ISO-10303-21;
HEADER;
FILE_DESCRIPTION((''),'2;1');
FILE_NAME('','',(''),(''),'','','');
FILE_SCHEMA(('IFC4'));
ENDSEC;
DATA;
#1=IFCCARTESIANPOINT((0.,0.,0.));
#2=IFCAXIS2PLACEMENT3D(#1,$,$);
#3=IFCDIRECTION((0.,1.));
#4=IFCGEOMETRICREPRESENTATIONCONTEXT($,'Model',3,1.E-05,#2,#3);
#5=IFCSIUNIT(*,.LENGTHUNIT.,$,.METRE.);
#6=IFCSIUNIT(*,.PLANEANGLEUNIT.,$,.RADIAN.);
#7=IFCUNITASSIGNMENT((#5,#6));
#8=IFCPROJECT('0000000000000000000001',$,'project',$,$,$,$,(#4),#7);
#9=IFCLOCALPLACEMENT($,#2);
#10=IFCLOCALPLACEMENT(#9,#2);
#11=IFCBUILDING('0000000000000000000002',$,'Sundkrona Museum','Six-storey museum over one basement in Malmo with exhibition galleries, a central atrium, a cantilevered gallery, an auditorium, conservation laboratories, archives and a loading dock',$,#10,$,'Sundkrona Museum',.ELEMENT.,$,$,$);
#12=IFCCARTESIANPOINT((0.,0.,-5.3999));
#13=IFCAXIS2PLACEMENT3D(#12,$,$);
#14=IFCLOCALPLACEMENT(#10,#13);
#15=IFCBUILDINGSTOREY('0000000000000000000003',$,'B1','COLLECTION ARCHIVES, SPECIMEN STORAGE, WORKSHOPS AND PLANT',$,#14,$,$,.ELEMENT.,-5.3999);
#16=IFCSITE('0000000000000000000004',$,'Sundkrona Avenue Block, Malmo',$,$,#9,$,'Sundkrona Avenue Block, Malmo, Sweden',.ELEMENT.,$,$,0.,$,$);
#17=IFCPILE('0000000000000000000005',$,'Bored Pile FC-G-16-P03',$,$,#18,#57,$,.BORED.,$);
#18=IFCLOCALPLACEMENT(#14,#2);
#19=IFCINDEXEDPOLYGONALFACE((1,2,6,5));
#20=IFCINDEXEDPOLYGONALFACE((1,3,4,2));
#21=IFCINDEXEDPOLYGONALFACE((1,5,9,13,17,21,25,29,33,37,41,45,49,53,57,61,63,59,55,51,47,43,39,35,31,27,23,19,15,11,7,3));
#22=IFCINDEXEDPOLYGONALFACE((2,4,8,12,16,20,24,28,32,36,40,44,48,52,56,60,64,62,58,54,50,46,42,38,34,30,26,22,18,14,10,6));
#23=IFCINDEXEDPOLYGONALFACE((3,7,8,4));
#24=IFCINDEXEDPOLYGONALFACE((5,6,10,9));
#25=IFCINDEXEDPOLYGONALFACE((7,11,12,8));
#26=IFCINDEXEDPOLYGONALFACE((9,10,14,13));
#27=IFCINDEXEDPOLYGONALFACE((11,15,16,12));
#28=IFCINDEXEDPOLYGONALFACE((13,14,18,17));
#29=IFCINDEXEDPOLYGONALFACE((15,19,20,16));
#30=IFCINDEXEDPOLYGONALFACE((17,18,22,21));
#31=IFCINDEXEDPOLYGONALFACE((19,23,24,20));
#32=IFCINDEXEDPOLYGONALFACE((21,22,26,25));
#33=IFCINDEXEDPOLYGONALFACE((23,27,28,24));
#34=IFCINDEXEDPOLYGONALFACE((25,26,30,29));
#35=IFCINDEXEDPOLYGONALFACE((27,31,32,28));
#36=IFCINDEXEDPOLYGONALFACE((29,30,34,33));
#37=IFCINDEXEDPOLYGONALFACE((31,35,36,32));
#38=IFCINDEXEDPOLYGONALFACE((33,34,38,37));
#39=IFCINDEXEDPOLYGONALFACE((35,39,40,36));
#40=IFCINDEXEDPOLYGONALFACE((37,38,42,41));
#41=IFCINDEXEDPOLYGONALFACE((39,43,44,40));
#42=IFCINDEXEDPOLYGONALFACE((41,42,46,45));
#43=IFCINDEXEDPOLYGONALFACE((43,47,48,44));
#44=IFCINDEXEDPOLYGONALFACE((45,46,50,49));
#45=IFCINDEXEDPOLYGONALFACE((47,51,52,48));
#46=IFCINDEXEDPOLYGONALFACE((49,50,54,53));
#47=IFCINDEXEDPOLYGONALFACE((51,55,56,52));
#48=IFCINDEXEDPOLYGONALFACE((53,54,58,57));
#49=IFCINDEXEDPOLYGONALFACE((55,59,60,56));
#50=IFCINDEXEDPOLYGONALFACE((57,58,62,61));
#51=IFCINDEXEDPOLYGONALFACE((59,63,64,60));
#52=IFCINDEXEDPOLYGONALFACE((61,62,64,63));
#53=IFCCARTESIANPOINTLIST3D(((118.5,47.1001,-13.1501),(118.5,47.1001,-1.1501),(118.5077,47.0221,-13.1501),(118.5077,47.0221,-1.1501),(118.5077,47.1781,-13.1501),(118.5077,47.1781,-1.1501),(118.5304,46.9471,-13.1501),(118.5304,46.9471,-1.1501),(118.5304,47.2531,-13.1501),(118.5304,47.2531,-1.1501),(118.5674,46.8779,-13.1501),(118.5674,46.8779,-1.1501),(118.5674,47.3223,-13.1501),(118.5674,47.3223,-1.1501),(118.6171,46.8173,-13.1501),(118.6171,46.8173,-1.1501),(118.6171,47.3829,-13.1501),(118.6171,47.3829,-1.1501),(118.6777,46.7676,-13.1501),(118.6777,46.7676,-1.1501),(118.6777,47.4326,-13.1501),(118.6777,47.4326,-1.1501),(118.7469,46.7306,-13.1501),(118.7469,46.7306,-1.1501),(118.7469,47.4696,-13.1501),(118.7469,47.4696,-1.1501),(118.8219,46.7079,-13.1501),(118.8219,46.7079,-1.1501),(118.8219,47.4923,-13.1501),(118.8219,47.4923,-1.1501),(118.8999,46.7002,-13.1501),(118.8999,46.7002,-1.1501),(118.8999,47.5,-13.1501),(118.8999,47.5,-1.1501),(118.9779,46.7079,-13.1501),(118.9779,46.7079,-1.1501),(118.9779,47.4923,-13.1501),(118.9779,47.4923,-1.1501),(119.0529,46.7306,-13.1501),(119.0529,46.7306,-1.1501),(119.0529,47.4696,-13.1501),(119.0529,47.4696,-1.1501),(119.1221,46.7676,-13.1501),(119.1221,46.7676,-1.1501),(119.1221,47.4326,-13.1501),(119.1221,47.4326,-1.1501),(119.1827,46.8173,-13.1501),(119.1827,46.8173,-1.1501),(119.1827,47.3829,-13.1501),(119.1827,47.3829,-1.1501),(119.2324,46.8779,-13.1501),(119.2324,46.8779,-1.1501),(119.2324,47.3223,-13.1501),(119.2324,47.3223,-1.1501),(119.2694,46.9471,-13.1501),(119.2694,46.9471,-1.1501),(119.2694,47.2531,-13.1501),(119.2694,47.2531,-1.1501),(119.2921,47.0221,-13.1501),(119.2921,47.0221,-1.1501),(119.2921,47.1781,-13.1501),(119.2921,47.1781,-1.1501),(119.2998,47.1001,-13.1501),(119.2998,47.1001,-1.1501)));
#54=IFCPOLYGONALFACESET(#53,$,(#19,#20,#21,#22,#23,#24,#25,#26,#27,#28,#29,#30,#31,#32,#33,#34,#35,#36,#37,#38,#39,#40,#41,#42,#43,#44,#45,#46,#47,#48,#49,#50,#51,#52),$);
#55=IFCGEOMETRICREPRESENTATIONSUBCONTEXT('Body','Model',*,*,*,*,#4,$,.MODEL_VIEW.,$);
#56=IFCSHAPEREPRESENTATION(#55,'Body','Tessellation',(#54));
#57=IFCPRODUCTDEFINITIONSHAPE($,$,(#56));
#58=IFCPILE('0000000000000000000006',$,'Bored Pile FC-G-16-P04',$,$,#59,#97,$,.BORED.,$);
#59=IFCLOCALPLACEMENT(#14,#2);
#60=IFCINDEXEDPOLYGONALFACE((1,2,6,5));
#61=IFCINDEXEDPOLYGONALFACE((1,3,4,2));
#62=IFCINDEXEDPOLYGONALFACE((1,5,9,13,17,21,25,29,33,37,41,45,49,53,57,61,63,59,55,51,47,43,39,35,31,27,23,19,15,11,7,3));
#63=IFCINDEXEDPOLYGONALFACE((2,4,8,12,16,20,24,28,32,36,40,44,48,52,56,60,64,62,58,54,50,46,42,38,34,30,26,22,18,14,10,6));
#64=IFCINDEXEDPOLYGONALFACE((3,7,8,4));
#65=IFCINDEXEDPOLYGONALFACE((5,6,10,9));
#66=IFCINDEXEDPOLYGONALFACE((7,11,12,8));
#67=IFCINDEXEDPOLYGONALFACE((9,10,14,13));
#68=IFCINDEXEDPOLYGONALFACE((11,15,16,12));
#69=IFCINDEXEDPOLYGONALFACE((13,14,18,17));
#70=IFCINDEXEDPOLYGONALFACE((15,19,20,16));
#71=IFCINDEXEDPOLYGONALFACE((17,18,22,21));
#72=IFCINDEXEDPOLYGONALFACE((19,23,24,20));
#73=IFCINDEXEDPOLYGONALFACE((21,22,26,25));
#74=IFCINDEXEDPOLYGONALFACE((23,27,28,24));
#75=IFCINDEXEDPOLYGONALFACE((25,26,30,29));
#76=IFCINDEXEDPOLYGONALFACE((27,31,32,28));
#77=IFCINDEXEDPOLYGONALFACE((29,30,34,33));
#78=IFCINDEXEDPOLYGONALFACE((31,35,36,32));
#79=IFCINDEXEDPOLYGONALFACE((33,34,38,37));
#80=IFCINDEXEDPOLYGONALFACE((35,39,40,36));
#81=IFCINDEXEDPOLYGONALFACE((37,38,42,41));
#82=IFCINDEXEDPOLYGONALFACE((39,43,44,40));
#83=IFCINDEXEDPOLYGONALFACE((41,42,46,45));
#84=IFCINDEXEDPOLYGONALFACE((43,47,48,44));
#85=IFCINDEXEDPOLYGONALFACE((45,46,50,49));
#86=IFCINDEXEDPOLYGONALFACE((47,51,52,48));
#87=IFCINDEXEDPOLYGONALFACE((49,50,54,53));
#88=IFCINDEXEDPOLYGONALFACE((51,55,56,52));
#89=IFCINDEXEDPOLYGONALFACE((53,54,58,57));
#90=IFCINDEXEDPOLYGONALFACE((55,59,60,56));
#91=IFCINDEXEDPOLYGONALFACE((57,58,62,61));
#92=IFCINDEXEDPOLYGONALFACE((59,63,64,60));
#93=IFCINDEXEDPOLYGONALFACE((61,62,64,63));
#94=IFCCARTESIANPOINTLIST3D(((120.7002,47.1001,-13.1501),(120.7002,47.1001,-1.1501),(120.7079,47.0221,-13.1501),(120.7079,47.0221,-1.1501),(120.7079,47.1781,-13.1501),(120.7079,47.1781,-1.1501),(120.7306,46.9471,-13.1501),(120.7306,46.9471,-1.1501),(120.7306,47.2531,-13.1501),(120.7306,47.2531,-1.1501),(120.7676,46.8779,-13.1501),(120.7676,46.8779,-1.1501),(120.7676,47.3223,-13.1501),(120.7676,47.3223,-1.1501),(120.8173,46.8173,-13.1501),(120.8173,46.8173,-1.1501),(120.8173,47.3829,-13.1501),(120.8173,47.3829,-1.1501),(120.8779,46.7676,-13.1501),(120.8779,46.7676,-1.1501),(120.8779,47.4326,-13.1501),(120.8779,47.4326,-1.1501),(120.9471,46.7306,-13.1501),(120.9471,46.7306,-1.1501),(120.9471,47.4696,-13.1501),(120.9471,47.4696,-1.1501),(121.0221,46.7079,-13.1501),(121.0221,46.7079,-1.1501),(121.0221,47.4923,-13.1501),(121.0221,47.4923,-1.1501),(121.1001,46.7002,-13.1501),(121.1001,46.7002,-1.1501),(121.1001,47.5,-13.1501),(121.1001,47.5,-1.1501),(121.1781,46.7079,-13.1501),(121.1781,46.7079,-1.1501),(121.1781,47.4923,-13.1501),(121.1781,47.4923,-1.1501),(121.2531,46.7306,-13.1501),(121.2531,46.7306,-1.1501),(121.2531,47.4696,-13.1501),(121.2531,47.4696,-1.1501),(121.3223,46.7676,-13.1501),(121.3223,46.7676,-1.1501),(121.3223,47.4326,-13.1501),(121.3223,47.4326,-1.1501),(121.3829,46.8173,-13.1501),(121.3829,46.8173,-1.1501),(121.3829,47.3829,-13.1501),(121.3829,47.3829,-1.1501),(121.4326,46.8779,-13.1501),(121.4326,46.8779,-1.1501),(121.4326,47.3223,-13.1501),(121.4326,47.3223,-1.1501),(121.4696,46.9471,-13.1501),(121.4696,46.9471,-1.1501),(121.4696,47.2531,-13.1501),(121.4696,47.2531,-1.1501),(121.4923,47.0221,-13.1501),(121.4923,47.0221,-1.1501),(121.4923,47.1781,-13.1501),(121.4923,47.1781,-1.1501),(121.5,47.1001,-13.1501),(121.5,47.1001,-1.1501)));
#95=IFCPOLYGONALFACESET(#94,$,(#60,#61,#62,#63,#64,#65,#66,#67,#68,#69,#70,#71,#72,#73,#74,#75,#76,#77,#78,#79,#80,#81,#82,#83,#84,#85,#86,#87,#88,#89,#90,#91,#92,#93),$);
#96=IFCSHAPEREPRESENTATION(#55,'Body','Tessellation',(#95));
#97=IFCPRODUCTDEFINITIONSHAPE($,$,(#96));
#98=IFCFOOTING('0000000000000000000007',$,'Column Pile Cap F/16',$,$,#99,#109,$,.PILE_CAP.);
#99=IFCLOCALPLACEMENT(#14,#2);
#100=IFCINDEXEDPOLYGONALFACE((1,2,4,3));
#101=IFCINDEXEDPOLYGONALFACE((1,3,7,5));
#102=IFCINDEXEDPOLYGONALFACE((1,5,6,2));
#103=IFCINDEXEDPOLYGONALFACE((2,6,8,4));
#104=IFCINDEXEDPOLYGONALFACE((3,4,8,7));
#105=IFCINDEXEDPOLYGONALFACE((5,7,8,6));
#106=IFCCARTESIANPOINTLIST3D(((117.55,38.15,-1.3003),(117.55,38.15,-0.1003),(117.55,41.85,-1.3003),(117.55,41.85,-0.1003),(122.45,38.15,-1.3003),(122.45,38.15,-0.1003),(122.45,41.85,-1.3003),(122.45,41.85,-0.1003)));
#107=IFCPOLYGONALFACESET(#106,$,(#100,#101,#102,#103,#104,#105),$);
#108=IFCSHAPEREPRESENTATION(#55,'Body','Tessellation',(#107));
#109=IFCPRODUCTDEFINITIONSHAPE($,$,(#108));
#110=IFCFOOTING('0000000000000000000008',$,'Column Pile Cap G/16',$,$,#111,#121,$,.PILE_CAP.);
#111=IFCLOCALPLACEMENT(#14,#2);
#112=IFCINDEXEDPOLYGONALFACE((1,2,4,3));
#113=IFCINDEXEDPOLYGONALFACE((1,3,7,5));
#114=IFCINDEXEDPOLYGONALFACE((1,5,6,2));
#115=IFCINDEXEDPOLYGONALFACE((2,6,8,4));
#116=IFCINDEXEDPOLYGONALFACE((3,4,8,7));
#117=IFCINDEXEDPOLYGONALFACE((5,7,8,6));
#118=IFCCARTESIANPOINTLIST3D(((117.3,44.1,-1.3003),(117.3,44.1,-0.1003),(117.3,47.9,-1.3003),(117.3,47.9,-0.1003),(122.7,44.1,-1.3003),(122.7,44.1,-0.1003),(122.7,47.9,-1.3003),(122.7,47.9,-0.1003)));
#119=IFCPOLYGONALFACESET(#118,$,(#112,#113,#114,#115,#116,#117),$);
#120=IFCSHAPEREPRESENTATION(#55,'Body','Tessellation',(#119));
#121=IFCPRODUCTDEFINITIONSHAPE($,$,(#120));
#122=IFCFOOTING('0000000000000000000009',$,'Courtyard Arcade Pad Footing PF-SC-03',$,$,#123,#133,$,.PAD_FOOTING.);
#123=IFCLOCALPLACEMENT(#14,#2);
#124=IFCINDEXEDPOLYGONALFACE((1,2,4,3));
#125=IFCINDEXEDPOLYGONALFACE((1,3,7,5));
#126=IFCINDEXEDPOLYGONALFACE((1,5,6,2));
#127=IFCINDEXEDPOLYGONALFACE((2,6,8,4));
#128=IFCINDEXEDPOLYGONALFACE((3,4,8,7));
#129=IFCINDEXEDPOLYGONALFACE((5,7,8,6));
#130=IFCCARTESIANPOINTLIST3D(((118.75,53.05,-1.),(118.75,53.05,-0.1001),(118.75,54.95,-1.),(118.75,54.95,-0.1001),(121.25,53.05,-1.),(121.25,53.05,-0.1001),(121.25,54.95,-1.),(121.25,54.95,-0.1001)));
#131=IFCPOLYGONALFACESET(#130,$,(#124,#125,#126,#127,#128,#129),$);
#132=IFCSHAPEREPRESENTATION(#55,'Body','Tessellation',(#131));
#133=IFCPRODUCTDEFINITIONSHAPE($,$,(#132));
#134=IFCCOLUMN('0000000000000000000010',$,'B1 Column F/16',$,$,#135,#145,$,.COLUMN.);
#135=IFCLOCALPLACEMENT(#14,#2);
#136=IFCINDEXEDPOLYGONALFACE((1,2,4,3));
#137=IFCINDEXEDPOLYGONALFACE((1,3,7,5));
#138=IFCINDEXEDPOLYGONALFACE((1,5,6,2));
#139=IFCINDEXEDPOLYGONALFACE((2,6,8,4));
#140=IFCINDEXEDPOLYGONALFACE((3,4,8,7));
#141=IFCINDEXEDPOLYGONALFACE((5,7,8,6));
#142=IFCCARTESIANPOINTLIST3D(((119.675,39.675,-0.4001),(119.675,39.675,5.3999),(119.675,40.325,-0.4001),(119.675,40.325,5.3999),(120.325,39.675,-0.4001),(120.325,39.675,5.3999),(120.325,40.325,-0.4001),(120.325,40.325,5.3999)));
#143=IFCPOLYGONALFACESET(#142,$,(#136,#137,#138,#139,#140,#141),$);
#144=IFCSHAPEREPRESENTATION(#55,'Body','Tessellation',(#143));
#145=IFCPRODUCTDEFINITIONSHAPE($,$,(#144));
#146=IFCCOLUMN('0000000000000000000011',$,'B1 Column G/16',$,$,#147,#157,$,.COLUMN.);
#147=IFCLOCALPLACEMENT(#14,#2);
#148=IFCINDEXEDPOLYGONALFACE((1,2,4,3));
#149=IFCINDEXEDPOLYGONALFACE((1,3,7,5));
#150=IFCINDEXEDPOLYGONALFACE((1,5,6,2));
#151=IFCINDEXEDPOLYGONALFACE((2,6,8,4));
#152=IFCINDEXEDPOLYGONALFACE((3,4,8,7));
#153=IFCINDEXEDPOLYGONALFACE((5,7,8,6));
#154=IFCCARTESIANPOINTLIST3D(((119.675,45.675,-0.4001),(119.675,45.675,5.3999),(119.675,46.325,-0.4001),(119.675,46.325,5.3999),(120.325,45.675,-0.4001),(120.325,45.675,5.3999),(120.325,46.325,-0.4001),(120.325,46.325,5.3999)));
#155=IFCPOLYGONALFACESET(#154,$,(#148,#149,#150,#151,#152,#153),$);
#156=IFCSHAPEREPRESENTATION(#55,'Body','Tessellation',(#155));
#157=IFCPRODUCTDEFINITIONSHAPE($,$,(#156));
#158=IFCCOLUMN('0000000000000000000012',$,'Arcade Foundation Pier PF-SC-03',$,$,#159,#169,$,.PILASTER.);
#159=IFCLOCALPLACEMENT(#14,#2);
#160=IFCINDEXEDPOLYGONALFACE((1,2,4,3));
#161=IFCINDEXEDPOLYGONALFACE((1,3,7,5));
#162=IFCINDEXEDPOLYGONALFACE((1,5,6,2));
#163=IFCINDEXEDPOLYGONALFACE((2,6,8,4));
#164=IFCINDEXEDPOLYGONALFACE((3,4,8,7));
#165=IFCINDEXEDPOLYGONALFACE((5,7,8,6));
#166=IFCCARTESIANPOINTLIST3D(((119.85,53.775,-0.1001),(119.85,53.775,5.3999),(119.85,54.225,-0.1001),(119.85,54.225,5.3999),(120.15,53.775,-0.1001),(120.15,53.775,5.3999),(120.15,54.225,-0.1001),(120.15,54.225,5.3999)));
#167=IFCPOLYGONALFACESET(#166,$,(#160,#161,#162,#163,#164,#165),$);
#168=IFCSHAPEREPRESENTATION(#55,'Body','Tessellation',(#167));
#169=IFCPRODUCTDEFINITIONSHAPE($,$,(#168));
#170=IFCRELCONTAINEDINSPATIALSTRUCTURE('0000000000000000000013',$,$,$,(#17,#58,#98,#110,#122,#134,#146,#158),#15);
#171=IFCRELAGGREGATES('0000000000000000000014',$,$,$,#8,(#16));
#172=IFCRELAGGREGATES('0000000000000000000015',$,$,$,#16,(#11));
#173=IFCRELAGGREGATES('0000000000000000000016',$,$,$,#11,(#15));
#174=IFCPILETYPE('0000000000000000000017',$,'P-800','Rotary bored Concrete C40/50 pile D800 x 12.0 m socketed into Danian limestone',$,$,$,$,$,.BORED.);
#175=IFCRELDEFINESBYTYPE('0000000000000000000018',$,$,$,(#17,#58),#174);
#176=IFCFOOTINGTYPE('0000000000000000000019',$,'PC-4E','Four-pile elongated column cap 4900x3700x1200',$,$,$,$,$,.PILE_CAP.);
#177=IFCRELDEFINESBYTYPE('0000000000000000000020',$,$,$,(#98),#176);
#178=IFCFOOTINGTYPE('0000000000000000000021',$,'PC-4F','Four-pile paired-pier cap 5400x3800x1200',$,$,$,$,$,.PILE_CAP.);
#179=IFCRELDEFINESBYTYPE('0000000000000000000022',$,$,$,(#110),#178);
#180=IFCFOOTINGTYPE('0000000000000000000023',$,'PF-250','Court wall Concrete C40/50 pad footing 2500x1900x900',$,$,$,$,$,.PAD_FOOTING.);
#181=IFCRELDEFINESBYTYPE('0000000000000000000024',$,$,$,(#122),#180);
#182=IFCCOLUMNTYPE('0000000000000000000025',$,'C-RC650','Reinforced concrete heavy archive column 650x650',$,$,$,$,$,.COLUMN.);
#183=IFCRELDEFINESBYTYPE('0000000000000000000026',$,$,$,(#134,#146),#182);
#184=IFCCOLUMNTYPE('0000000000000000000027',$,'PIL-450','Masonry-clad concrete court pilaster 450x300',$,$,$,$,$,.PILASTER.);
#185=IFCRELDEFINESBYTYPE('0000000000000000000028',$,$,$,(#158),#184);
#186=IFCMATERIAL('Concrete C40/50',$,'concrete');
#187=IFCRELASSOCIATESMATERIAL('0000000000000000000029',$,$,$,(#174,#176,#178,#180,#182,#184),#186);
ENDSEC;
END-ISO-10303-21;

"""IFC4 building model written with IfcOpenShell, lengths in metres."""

from ifc_helpers import new_model, si_unit, direction, frame, origin, origin_2d, place, context, subcontext, project, spatial, rectangle, circle, extrude, material, material_profile, profile_set, type_object, element, save


model = new_model("IFC4")

# Units and contexts
model_context = context("Model", 3, precision=1e-05, world=origin(), true_north=direction((0.0, 1.0)))
body_context = subcontext(model_context, "Body", "Model", "MODEL_VIEW")
ifc_project = project(units=[si_unit("LENGTHUNIT", "METRE"), si_unit("PLANEANGLEUNIT", "RADIAN")], contexts=[model_context])

# Site, building, storey
site_placement = place(None, origin())
site = spatial("IfcSite", under=ifc_project, at=site_placement, Name="Sundkrona Avenue Block, Malmo", LongName="Sundkrona Avenue Block, Malmo, Sweden", CompositionType="ELEMENT", RefElevation=0.0)
building_placement = place(site_placement, origin())
building = spatial("IfcBuilding", under=site, at=building_placement, Name="Sundkrona Museum", Description="Six-storey museum over one basement in Malmo with exhibition galleries, a central atrium, a cantilevered gallery, an auditorium, conservation laboratories, archives and a loading dock", LongName="Sundkrona Museum", CompositionType="ELEMENT")
storey_placement = place(building_placement, frame((0.0, 0.0, -5.3999)))
storey = spatial("IfcBuildingStorey", under=building, at=storey_placement, Name="B1", Description="COLLECTION ARCHIVES, SPECIMEN STORAGE, WORKSHOPS AND PLANT", CompositionType="ELEMENT", Elevation=-5.3999)

# Shared definitions
ifc_material_1 = material(Name="Concrete C40/50", Category="concrete")

# Piles
ifc_material_profile_1 = material_profile(ifc_material_1, circle(Radius=0.3999, at=origin_2d()), Name="PILE D800")
ifc_profile_set_1 = profile_set([ifc_material_profile_1], Name="Concrete C40/50")
pile_type = type_object("IfcPileType", Name="P-800", Description="Rotary bored Concrete C40/50 pile D800 x 12.0 m socketed into Danian limestone", PredefinedType="BORED", material=ifc_profile_set_1)
for number, where, z_axis, x_axis, name in (
    (1, (118.8999, 47.1001, -1.1501), (0.0, 0.0, -1.0), (1.0, 0.0, 0.0), "Bored Pile FC-G-16-P03"),
    (2, (121.1001, 47.1001, -1.1501), (0.0, 0.0, -1.0), (1.0, 0.0, 0.0), "Bored Pile FC-G-16-P04"),
):
    element("IfcPile", number, at=place(storey_placement, frame(where, z_axis=z_axis, x_axis=x_axis)), inside=storey, type_object=pile_type, Name=name, PredefinedType="BORED", context=body_context, shape_type="SweptSolid", body=[
        extrude(circle(Radius=0.3999, at=origin_2d()), origin(), (0.0, 0.0, 1.0), 12.0),
    ])

# Footings
footing_type_1 = type_object("IfcFootingType", Name="PC-4E", Description="Four-pile elongated column cap 4900x3700x1200", PredefinedType="PILE_CAP", material=ifc_material_1)
footing_1_placement = place(storey_placement, frame((120.0, 40.0, -1.3003), z_axis=(0.0, 0.0, 1.0), x_axis=(1.0, 0.0, 0.0)))
element("IfcFooting", 3, at=footing_1_placement, inside=storey, type_object=footing_type_1, Name="Column Pile Cap F/16", PredefinedType="PILE_CAP", context=body_context, shape_type="SweptSolid", body=[
    extrude(rectangle(XDim=4.8999, YDim=3.7, at=origin_2d()), origin(), (0.0, 0.0, 1.0), 1.2),
])
footing_type_2 = type_object("IfcFootingType", Name="PC-4F", Description="Four-pile paired-pier cap 5400x3800x1200", PredefinedType="PILE_CAP", material=ifc_material_1)
footing_2_placement = place(storey_placement, frame((120.0, 46.0, -1.3003), z_axis=(0.0, 0.0, 1.0), x_axis=(1.0, 0.0, 0.0)))
element("IfcFooting", 4, at=footing_2_placement, inside=storey, type_object=footing_type_2, Name="Column Pile Cap G/16", PredefinedType="PILE_CAP", context=body_context, shape_type="SweptSolid", body=[
    extrude(rectangle(XDim=5.3999, YDim=3.8, at=origin_2d()), origin(), (0.0, 0.0, 1.0), 1.2),
])
footing_type_3 = type_object("IfcFootingType", Name="PF-250", Description="Court wall Concrete C40/50 pad footing 2500x1900x900", PredefinedType="PAD_FOOTING", material=ifc_material_1)
footing_3_placement = place(storey_placement, frame((120.0, 54.0, -1.0), z_axis=(0.0, 0.0, 1.0), x_axis=(1.0, 0.0, 0.0)))
element("IfcFooting", 5, at=footing_3_placement, inside=storey, type_object=footing_type_3, Name="Courtyard Arcade Pad Footing PF-SC-03", PredefinedType="PAD_FOOTING", context=body_context, shape_type="SweptSolid", body=[
    extrude(rectangle(XDim=2.5, YDim=1.8999, at=origin_2d()), origin(), (0.0, 0.0, 1.0), 0.8999),
])

# Columns
ifc_material_profile_2 = material_profile(ifc_material_1, rectangle(XDim=0.6499, YDim=0.6499, at=origin_2d()), Name="RC 650x650")
ifc_profile_set_2 = profile_set([ifc_material_profile_2], Name="Concrete C40/50")
column_type_1 = type_object("IfcColumnType", Name="C-RC650", Description="Reinforced concrete heavy archive column 650x650", PredefinedType="COLUMN", material=ifc_profile_set_2)
for number, where, z_axis, x_axis, name in (
    (6, (120.0, 40.0, -0.4001), (0.0, 0.0, 1.0), (1.0, 0.0, 0.0), "B1 Column F/16"),
    (7, (120.0, 46.0, -0.4001), (0.0, 0.0, 1.0), (1.0, 0.0, 0.0), "B1 Column G/16"),
):
    element("IfcColumn", number, at=place(storey_placement, frame(where, z_axis=z_axis, x_axis=x_axis)), inside=storey, type_object=column_type_1, Name=name, PredefinedType="COLUMN", context=body_context, shape_type="SweptSolid", body=[
        extrude(rectangle(XDim=0.6499, YDim=0.6499, at=origin_2d()), origin(), (0.0, 0.0, 1.0), 5.8),
    ])
ifc_material_profile_3 = material_profile(ifc_material_1, rectangle(XDim=0.3, YDim=0.45, at=origin_2d()), Name="RC 450x300")
ifc_profile_set_3 = profile_set([ifc_material_profile_3], Name="Concrete C40/50")
column_type_2 = type_object("IfcColumnType", Name="PIL-450", Description="Masonry-clad concrete court pilaster 450x300", PredefinedType="PILASTER", material=ifc_profile_set_3)
column_placement = place(storey_placement, frame((120.0, 54.0, -0.1001), z_axis=(0.0, 0.0, 1.0), x_axis=(1.0, 0.0, 0.0)))
element("IfcColumn", 8, at=column_placement, inside=storey, type_object=column_type_2, Name="Arcade Foundation Pier PF-SC-03", PredefinedType="PILASTER", context=body_context, shape_type="SweptSolid", body=[
    extrude(rectangle(XDim=0.3, YDim=0.45, at=origin_2d()), origin(), (0.0, 0.0, 1.0), 5.5),
])

save(model, "model.ifc")
